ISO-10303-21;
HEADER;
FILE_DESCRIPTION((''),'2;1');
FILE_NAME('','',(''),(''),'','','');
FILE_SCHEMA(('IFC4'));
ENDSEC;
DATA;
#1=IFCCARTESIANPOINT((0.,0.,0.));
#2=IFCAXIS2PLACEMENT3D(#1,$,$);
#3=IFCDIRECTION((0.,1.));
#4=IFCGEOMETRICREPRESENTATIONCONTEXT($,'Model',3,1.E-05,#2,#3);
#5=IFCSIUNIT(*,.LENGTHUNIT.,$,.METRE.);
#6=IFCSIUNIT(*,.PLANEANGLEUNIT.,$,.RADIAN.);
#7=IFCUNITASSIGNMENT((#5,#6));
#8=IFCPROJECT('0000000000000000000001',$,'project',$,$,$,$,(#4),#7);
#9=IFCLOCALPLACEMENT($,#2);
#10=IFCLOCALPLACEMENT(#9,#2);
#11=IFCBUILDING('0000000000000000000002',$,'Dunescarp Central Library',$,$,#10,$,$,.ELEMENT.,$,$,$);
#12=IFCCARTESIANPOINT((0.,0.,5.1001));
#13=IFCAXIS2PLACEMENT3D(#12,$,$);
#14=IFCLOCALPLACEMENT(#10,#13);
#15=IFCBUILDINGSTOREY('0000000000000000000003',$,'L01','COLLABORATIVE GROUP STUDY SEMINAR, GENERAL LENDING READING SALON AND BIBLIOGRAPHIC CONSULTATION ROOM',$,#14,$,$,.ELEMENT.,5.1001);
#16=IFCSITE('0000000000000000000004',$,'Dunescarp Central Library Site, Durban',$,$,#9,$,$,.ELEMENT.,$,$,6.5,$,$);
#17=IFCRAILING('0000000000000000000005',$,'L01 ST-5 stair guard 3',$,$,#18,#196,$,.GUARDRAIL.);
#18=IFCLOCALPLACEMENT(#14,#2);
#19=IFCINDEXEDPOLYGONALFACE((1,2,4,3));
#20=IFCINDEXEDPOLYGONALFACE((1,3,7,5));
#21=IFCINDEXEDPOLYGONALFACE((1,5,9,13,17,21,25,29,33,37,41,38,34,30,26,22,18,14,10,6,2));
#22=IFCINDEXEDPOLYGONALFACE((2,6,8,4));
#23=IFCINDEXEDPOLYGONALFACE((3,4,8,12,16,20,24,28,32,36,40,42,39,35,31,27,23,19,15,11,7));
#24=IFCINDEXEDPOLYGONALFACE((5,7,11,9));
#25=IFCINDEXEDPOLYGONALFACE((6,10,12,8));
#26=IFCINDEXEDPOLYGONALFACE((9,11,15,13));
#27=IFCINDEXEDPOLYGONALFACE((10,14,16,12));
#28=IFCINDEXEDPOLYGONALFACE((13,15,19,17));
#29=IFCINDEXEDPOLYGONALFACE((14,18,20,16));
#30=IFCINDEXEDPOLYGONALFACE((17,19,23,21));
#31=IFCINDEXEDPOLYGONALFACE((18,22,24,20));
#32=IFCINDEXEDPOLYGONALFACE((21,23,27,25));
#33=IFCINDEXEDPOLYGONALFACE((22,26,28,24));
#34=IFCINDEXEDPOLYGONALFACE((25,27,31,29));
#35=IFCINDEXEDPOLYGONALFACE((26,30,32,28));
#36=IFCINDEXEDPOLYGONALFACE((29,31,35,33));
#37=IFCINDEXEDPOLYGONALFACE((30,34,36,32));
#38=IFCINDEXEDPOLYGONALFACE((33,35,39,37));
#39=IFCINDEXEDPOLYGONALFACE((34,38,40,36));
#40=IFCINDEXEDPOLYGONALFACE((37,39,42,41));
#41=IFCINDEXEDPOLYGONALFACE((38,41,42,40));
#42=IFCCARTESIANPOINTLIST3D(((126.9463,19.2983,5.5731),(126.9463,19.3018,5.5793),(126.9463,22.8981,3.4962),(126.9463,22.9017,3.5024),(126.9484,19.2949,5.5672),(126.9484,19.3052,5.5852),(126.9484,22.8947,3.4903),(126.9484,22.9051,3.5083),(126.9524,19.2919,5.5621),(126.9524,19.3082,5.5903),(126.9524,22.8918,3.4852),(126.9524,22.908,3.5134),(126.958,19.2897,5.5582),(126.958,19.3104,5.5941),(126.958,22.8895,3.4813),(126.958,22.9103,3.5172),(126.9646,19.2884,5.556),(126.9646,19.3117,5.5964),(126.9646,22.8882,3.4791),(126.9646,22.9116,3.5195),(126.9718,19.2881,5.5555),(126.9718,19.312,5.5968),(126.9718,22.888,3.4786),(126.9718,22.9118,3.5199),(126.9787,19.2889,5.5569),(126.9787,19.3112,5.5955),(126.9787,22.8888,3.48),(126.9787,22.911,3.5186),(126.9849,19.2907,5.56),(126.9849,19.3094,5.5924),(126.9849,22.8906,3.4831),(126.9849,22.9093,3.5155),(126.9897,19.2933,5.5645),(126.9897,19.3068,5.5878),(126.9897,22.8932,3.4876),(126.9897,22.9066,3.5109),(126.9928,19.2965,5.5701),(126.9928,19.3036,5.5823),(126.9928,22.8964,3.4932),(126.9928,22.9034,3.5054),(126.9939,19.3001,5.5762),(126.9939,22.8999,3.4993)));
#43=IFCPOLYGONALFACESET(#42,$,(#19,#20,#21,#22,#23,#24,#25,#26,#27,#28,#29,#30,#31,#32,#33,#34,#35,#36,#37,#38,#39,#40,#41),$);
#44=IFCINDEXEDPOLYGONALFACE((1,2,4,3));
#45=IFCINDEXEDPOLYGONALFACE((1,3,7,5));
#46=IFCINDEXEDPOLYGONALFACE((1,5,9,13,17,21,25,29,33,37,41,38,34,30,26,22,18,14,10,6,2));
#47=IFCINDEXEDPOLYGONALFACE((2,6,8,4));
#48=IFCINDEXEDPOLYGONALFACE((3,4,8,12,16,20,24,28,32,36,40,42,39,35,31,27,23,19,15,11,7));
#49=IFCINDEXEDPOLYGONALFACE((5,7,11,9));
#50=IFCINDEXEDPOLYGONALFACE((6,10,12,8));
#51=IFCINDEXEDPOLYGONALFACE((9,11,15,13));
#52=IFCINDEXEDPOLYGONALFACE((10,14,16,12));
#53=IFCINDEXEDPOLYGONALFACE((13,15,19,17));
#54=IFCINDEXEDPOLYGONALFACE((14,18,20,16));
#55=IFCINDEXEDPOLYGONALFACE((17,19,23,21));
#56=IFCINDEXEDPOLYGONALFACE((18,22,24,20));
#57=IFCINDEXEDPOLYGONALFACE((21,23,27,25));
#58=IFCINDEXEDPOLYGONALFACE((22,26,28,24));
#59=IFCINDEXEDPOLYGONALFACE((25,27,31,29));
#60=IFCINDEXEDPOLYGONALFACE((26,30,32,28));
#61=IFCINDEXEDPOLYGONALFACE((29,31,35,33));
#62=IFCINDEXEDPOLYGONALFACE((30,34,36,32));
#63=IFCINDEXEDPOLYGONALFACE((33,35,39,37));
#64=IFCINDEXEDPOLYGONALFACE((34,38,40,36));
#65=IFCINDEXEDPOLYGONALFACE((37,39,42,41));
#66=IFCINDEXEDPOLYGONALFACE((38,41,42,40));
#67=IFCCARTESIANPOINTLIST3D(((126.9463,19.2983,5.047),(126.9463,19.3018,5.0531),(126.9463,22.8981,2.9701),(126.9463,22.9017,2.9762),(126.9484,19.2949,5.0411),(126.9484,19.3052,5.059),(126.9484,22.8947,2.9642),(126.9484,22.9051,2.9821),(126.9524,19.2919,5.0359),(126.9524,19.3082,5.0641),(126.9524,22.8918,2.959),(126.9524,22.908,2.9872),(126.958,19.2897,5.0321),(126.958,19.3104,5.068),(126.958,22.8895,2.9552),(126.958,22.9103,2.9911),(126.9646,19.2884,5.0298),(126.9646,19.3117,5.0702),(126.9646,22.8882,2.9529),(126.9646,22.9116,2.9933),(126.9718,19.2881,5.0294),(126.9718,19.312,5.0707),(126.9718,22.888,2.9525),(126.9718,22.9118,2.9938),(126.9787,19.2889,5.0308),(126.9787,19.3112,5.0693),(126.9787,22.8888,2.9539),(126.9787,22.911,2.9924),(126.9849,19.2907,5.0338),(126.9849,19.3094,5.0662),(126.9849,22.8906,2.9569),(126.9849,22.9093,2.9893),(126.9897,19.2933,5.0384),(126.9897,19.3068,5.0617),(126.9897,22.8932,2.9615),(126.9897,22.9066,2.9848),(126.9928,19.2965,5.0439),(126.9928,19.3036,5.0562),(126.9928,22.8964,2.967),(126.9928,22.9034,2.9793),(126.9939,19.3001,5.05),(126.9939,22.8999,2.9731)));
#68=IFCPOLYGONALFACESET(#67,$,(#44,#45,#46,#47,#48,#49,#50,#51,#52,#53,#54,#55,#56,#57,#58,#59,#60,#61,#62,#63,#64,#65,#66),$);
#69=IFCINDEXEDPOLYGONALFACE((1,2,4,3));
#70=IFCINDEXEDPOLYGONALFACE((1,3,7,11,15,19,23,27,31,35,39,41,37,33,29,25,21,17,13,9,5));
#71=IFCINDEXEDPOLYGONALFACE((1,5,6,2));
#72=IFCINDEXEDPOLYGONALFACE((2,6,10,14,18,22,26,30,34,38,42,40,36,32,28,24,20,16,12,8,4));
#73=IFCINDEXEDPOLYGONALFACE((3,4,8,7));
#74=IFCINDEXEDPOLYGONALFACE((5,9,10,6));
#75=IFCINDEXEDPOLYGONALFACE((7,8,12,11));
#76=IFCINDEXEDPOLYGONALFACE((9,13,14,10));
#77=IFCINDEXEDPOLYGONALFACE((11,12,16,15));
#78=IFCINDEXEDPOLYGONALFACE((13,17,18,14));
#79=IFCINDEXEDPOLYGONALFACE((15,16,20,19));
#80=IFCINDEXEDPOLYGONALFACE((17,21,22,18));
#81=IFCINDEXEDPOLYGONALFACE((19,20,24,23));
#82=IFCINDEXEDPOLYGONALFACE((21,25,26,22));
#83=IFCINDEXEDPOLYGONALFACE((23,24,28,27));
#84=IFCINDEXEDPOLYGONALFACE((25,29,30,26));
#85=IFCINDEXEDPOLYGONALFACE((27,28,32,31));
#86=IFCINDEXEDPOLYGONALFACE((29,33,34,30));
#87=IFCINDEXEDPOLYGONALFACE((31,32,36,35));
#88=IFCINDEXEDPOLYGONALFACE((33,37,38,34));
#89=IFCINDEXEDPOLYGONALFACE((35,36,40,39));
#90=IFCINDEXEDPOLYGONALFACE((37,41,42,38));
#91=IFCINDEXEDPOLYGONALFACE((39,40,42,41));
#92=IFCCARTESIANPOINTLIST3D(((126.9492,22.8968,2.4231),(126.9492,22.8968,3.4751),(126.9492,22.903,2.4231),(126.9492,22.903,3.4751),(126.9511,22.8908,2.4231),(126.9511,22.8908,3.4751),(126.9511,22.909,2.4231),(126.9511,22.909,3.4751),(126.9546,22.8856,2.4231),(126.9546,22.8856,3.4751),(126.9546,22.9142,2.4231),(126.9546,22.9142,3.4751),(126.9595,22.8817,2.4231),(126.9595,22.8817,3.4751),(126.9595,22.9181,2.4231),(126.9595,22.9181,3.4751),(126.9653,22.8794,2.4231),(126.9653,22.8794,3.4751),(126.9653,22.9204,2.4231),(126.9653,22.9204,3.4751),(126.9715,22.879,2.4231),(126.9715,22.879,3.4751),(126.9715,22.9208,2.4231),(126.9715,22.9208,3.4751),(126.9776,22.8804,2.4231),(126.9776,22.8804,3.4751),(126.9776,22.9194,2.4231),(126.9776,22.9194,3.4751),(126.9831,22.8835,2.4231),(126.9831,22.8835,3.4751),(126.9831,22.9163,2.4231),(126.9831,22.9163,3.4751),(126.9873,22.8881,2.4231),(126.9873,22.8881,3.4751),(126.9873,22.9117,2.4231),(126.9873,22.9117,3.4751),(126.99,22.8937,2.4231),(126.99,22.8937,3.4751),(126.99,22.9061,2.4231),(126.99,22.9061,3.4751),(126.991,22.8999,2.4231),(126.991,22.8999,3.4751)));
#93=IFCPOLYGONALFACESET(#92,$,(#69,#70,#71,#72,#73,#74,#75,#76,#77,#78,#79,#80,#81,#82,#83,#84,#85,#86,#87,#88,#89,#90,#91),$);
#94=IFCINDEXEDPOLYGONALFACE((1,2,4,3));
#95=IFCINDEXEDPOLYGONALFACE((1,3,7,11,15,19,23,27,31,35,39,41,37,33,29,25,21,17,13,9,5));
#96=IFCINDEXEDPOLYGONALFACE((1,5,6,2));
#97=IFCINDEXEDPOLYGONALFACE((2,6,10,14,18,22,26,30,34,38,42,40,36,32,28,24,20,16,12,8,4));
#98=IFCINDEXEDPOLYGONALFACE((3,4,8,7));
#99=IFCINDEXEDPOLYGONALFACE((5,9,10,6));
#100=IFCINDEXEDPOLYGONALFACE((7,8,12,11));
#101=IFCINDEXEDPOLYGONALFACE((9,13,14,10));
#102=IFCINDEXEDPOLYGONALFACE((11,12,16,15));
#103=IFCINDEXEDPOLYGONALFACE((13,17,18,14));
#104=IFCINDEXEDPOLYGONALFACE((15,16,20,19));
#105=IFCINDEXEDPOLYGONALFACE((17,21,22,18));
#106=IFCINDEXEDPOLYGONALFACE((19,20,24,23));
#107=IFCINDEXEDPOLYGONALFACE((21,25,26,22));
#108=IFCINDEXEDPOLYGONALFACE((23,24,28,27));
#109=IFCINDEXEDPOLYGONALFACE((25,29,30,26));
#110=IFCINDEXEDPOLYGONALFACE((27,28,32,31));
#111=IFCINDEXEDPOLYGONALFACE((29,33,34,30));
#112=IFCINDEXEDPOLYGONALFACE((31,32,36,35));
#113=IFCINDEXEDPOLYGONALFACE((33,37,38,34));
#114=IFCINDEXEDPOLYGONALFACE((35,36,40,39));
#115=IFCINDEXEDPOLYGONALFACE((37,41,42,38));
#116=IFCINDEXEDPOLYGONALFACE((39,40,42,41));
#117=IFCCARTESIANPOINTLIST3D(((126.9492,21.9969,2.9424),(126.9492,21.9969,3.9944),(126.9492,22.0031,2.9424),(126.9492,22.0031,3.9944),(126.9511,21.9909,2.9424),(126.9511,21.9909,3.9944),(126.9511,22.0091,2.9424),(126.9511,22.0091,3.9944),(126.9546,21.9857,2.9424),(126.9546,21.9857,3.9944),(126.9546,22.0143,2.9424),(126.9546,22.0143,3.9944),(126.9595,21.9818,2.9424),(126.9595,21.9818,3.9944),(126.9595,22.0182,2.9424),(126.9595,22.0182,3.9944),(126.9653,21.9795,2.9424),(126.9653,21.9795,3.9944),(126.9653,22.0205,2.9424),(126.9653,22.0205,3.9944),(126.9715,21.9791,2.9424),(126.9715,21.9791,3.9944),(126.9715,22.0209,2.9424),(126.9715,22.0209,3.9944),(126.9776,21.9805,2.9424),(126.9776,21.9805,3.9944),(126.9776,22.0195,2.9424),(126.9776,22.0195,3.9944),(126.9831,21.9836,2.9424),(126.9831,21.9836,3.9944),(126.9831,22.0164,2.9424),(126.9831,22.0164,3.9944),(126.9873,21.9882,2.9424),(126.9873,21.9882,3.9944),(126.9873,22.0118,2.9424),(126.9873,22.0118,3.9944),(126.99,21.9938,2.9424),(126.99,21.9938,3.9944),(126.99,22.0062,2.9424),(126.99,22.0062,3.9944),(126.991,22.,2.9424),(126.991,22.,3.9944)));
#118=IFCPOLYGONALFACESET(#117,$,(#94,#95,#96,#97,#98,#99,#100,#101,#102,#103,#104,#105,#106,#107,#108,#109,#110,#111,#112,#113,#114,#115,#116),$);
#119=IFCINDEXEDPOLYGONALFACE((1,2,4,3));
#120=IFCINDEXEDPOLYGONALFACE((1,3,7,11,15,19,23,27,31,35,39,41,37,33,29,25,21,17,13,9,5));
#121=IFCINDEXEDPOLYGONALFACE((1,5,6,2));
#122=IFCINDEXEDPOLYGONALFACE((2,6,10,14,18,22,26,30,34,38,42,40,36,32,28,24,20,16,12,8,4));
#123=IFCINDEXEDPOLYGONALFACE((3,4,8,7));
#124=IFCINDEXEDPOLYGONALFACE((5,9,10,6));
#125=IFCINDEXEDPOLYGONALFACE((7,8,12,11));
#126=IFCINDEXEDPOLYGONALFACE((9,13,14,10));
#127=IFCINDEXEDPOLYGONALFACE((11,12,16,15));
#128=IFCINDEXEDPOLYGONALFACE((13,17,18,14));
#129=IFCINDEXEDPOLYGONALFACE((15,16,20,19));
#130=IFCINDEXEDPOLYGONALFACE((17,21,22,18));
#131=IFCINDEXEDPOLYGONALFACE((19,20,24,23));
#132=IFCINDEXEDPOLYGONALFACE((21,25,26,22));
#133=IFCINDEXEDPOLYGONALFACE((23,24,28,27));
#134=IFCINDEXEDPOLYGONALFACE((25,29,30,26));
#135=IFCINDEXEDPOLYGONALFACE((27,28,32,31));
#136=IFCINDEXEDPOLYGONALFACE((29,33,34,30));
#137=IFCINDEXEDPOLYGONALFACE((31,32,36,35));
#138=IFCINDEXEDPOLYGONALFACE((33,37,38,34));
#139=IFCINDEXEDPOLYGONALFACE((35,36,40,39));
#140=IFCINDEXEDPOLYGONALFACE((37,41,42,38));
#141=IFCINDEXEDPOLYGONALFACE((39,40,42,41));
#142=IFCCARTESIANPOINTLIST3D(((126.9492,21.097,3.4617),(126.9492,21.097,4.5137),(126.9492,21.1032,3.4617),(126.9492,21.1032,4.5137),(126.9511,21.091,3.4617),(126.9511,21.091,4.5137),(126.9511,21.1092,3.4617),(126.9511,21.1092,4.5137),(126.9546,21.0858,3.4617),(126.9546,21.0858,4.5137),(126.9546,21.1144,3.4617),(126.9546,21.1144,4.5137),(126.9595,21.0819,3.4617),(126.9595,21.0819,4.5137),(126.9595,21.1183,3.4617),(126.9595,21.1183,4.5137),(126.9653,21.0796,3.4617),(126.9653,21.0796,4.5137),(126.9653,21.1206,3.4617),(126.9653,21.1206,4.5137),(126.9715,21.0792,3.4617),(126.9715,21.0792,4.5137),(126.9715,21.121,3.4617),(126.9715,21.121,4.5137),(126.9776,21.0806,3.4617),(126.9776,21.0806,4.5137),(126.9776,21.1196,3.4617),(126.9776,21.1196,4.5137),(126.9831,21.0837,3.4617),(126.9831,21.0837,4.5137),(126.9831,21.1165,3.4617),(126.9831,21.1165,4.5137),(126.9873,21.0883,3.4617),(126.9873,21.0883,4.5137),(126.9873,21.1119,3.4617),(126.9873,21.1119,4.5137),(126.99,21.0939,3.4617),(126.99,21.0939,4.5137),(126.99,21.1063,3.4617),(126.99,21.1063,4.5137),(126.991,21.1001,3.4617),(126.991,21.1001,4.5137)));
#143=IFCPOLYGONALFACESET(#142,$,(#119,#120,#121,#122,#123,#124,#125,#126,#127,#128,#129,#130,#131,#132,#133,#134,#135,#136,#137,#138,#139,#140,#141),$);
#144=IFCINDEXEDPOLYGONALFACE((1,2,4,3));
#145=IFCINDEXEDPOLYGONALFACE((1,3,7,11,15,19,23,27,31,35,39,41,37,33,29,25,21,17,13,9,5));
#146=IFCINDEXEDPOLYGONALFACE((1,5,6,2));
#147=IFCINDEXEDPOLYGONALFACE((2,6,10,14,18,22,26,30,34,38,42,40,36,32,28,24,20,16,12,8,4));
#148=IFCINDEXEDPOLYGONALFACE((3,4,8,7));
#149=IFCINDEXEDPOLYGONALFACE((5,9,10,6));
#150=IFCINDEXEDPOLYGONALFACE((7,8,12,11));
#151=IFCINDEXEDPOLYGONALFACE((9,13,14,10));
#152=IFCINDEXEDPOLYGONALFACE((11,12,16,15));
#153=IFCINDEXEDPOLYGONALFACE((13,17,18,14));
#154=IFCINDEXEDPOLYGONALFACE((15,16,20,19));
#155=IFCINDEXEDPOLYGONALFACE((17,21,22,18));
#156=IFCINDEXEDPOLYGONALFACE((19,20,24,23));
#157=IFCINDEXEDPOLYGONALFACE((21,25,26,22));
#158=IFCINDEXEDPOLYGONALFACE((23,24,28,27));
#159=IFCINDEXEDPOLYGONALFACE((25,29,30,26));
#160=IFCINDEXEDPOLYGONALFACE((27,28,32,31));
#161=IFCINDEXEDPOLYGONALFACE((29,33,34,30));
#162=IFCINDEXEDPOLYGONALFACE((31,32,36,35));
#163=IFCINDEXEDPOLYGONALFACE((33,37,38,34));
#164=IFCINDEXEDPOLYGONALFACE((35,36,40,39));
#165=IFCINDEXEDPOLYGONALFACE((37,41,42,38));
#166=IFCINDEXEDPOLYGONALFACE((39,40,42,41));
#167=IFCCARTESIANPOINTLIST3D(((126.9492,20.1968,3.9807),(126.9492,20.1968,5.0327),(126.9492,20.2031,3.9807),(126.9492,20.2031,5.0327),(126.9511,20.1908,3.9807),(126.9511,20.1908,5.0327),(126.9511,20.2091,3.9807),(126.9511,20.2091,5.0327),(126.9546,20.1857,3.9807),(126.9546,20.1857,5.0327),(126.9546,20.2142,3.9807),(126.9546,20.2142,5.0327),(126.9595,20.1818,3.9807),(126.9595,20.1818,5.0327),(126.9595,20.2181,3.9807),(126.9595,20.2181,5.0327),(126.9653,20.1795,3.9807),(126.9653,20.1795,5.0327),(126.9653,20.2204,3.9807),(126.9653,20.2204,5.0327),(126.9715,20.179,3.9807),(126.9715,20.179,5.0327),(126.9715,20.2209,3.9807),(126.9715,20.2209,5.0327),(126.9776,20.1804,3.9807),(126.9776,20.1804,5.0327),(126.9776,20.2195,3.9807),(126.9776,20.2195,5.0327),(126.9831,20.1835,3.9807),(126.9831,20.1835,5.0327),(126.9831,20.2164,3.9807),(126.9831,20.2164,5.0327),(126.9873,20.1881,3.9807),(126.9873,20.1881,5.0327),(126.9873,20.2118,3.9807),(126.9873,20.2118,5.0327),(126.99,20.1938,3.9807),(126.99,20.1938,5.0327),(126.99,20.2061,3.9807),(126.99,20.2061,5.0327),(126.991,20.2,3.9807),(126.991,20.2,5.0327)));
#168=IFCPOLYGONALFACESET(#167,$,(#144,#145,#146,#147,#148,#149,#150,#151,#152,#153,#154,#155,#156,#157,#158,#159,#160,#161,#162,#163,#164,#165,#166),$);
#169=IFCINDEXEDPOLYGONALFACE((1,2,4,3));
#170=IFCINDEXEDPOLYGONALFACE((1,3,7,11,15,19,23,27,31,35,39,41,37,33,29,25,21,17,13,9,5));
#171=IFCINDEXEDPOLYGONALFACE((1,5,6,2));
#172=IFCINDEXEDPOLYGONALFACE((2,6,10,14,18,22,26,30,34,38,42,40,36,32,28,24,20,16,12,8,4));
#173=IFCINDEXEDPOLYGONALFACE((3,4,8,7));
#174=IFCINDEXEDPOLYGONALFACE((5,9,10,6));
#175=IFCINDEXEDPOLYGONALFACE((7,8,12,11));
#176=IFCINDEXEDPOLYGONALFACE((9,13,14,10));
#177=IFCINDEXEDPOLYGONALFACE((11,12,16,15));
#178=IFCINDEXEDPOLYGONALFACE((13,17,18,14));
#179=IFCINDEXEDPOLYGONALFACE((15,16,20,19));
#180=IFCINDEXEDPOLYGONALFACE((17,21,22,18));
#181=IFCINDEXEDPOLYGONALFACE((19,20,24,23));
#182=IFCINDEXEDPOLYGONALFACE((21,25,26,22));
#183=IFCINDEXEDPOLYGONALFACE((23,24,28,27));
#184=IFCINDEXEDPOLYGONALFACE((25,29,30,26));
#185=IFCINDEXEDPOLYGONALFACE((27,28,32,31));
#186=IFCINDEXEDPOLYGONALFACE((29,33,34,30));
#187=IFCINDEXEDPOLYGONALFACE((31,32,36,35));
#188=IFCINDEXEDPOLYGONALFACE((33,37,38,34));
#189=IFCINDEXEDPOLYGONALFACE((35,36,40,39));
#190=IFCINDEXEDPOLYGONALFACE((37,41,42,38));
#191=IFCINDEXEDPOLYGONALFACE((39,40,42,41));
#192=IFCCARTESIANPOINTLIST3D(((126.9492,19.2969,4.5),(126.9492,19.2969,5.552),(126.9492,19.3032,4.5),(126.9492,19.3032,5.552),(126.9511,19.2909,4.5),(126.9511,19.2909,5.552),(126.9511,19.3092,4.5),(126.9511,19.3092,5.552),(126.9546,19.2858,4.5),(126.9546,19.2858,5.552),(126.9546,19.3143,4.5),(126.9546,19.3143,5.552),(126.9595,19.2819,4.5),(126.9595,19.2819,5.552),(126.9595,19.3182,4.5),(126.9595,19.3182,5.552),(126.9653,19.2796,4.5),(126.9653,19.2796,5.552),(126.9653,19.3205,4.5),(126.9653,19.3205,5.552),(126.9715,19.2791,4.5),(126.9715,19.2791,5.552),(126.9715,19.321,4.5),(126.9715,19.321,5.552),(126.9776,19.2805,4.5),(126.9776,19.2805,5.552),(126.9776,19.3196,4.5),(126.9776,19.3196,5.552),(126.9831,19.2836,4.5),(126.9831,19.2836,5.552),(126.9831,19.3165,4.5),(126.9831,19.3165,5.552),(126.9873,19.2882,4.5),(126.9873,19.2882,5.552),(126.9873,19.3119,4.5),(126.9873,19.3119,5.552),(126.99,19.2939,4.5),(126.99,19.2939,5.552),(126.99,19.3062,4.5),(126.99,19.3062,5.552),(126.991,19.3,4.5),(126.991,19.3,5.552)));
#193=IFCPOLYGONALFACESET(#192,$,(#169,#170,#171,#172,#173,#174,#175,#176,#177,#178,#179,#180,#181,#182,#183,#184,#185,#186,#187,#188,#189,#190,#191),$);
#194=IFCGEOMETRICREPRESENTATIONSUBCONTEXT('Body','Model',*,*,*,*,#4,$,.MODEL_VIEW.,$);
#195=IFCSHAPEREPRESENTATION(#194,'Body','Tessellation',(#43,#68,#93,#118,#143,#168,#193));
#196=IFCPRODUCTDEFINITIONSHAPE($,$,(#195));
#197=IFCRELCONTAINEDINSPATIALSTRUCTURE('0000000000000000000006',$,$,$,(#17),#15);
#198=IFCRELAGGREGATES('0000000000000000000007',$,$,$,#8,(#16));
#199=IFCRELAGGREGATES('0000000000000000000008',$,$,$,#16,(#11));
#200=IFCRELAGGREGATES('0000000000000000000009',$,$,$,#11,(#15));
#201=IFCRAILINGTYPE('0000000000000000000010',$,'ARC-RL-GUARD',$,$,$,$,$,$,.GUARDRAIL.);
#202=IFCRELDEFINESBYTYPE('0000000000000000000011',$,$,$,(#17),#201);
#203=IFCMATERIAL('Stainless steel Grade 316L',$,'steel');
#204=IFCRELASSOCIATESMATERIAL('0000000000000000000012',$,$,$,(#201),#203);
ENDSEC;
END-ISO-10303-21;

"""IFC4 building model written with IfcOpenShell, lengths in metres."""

from ifc_helpers import new_model, si_unit, direction, frame, origin, origin_2d, place, context, subcontext, project, spatial, circle, extrude, material, type_object, element, save


model = new_model("IFC4")

# Units and contexts
model_context = context("Model", 3, precision=1e-05, world=origin(), true_north=direction((0.0, 1.0)))
body_context = subcontext(model_context, "Body", "Model", "MODEL_VIEW")
ifc_project = project(units=[si_unit("LENGTHUNIT", "METRE"), si_unit("PLANEANGLEUNIT", "RADIAN")], contexts=[model_context])

# Site, building, storey
site_placement = place(None, origin())
site = spatial("IfcSite", under=ifc_project, at=site_placement, Name="Dunescarp Central Library Site, Durban", CompositionType="ELEMENT", RefElevation=6.5)
building_placement = place(site_placement, origin())
building = spatial("IfcBuilding", under=site, at=building_placement, Name="Dunescarp Central Library", CompositionType="ELEMENT")
storey_placement = place(building_placement, frame((0.0, 0.0, 5.1001)))
storey = spatial("IfcBuildingStorey", under=building, at=storey_placement, Name="L01", Description="COLLABORATIVE GROUP STUDY SEMINAR, GENERAL LENDING READING SALON AND BIBLIOGRAPHIC CONSULTATION ROOM", CompositionType="ELEMENT", Elevation=5.1001)

# Railing
ifc_material_1 = material(Name="Stainless steel Grade 316L", Category="steel")
railing_type_1 = type_object("IfcRailingType", Name="ARC-RL-GUARD", PredefinedType="GUARDRAIL", material=ifc_material_1)
railing_1_placement = place(storey_placement, frame((126.97, 22.8999, 2.4231)))
element("IfcRailing", 1, at=railing_1_placement, inside=storey, type_object=railing_type_1, Name="L01 ST-5 stair guard 3", PredefinedType="GUARDRAIL", context=body_context, shape_type="SweptSolid", body=[
    extrude(circle(Radius=0.0239, at=origin_2d()), frame((0.0, 0.0, 1.0762), z_axis=(0.0, -0.866179, 0.499734), x_axis=(1.0, 0.0, 0.0)), (0.0, 0.0, 1.0), 4.156),
    extrude(circle(Radius=0.0239, at=origin_2d()), frame((0.0, 0.0, 0.55), z_axis=(0.0, -0.866179, 0.499734), x_axis=(1.0, 0.0, 0.0)), (0.0, 0.0, 1.0), 4.156),
    extrude(circle(Radius=0.021, at=origin_2d()), origin(), (0.0, 0.0, 1.0), 1.052),
    extrude(circle(Radius=0.021, at=origin_2d()), frame((0.0, -0.8999, 0.5193)), (0.0, 0.0, 1.0), 1.052),
    extrude(circle(Radius=0.021, at=origin_2d()), frame((0.0, -1.7998, 1.0386)), (0.0, 0.0, 1.0), 1.052),
    extrude(circle(Radius=0.021, at=origin_2d()), frame((0.0, -2.7, 1.5576)), (0.0, 0.0, 1.0), 1.052),
    extrude(circle(Radius=0.021, at=origin_2d()), frame((0.0, -3.5999, 2.0769)), (0.0, 0.0, 1.0), 1.052),
])

save(model, "model.ifc")
